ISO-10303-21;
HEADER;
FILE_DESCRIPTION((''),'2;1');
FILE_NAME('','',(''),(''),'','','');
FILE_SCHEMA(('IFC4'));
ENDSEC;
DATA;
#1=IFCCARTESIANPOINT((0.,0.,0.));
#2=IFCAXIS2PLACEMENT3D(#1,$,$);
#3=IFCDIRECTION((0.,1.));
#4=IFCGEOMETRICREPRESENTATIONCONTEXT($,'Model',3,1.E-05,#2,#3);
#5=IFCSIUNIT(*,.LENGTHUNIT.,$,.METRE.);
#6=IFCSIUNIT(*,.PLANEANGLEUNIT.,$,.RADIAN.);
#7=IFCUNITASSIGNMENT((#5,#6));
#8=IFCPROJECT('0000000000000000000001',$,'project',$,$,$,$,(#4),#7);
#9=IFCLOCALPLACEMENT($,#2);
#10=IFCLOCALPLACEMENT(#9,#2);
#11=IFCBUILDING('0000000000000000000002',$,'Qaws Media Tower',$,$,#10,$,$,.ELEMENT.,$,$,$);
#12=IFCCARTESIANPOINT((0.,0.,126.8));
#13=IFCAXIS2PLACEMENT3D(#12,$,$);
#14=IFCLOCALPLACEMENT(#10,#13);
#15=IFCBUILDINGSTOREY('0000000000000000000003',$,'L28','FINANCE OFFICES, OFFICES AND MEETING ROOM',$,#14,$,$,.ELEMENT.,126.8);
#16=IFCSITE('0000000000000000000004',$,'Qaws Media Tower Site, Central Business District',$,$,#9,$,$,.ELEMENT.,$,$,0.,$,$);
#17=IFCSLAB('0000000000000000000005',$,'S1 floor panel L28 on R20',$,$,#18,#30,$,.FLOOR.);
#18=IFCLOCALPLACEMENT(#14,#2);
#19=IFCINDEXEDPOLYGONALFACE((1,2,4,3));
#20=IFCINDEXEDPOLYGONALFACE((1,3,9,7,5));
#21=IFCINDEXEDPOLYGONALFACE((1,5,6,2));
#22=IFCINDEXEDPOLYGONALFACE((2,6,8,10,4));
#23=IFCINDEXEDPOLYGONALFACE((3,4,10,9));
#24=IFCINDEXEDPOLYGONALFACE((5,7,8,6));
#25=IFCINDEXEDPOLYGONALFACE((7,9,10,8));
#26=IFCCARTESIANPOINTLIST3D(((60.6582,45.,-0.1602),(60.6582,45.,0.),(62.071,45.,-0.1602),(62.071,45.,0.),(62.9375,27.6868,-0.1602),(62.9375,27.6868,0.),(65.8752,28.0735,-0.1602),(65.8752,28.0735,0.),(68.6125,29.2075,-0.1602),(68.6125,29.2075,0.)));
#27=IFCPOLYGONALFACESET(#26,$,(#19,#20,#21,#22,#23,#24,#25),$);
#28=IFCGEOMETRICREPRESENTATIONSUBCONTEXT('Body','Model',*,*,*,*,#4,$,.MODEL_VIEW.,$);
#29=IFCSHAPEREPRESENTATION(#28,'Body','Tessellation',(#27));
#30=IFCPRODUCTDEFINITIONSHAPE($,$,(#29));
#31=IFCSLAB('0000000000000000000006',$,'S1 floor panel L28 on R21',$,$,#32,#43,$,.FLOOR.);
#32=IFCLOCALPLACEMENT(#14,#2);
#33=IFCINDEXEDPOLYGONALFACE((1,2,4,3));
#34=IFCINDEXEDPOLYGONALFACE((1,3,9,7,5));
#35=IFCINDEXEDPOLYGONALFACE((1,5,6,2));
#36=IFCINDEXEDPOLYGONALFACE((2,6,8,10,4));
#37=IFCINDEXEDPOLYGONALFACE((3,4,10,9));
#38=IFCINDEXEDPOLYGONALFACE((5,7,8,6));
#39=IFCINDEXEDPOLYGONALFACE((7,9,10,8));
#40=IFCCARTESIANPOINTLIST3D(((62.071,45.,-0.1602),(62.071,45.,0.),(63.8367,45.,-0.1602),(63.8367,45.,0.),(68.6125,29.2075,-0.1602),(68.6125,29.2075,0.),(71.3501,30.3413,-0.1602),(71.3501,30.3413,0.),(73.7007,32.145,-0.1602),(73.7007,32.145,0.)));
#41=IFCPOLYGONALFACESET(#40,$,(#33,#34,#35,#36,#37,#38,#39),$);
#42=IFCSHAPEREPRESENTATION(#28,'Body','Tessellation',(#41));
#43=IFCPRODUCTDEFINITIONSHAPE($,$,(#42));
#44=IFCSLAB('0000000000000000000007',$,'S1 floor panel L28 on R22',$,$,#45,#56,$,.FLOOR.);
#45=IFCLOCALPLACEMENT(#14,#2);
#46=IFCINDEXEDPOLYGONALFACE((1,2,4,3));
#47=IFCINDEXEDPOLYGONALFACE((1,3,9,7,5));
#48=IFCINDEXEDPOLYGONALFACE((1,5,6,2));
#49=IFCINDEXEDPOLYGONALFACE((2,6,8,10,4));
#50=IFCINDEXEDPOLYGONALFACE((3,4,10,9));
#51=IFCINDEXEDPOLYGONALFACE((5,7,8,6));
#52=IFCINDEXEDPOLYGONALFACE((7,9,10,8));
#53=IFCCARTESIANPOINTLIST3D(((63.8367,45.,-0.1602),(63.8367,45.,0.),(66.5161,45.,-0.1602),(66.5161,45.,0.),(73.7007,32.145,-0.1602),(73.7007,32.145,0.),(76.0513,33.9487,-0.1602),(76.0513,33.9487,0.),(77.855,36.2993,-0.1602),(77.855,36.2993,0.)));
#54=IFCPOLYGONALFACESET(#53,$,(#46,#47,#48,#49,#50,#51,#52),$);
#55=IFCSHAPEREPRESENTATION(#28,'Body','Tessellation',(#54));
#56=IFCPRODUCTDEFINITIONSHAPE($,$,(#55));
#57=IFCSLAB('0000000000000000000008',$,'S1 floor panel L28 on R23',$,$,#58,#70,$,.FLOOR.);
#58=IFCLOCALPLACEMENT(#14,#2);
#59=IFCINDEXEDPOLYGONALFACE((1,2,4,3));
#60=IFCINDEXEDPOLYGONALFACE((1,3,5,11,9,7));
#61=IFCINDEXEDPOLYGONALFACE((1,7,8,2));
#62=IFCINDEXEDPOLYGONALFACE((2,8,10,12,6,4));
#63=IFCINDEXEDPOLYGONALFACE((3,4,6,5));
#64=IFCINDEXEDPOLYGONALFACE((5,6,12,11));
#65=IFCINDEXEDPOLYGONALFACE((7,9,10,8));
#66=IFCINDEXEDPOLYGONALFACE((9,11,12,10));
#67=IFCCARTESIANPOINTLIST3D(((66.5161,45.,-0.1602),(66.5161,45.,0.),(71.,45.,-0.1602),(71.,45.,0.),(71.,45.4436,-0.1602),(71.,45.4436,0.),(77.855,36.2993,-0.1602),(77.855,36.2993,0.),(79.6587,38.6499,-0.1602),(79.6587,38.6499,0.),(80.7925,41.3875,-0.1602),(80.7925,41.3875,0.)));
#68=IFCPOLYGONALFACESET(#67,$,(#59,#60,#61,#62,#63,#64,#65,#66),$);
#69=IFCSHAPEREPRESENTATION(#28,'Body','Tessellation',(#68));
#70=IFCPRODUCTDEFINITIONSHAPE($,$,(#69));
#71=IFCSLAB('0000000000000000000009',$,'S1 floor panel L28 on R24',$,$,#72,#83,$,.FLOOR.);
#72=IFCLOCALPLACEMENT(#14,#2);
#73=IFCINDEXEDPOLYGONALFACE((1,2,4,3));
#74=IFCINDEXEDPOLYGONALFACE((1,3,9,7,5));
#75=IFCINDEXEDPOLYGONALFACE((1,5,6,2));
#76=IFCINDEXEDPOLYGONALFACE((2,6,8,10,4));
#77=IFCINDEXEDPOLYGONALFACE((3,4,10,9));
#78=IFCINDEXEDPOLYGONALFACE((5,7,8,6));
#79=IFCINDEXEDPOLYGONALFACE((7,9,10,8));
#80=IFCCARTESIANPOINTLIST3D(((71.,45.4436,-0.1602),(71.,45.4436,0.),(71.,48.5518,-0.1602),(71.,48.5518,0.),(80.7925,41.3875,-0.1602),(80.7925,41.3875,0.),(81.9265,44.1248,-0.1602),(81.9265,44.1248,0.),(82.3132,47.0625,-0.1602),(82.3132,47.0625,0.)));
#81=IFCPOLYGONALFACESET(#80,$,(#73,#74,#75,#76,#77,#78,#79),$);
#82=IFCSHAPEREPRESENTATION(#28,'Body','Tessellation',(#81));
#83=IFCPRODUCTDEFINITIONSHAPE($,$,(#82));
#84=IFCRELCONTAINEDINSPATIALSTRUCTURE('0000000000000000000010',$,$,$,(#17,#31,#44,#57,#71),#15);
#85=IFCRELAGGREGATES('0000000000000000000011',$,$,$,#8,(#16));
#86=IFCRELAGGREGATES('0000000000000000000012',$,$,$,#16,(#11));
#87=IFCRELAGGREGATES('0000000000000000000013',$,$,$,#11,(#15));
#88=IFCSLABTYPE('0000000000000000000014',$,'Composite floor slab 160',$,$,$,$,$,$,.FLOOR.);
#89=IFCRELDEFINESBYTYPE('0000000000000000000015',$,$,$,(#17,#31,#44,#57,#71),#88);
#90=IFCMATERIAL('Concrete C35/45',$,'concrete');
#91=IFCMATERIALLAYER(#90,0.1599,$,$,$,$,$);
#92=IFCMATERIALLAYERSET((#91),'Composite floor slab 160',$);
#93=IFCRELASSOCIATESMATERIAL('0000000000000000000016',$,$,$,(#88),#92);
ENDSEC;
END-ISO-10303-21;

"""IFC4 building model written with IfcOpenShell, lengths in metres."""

from ifc_helpers import new_model, si_unit, direction, frame, origin, place, context, subcontext, project, spatial, polyline, outline, extrude, material, layer, layer_set, type_object, element, save


model = new_model("IFC4")

# Units and contexts
model_context = context("Model", 3, precision=1e-05, world=origin(), true_north=direction((0.0, 1.0)))
body_context = subcontext(model_context, "Body", "Model", "MODEL_VIEW")
ifc_project = project(units=[si_unit("LENGTHUNIT", "METRE"), si_unit("PLANEANGLEUNIT", "RADIAN")], contexts=[model_context])

# Site, building, storey
site_placement = place(None, origin())
site = spatial("IfcSite", under=ifc_project, at=site_placement, Name="Qaws Media Tower Site, Central Business District", CompositionType="ELEMENT", RefElevation=0.0)
building_placement = place(site_placement, origin())
building = spatial("IfcBuilding", under=site, at=building_placement, Name="Qaws Media Tower", CompositionType="ELEMENT")
storey_placement = place(building_placement, frame((0.0, 0.0, 126.8)))
storey = spatial("IfcBuildingStorey", under=building, at=storey_placement, Name="L28", Description="FINANCE OFFICES, OFFICES AND MEETING ROOM", CompositionType="ELEMENT", Elevation=126.8)

# Slabs
ifc_material_1 = material(Name="Concrete C35/45", Category="concrete")
ifc_layer_1 = layer(ifc_material_1, 0.1599)
ifc_layer_set_1 = layer_set([ifc_layer_1], Name="Composite floor slab 160")
slab_type_1 = type_object("IfcSlabType", Name="Composite floor slab 160", PredefinedType="FLOOR", material=ifc_layer_set_1)
slab_1_placement = place(storey_placement, frame((0.0, 0.0, -0.1602)))
element("IfcSlab", 1, at=slab_1_placement, inside=storey, type_object=slab_type_1, Name="S1 floor panel L28 on R20", PredefinedType="FLOOR", context=body_context, shape_type="SweptSolid", body=[
    extrude(outline(polyline([(65.8752, 28.0735), (62.9375, 27.6868), (60.6582, 45.0), (62.071, 45.0), (68.6125, 29.2075), (65.8752, 28.0735)])), origin(), (0.0, 0.0, 1.0), 0.1602),
])
slab_2_placement = place(storey_placement, frame((0.0, 0.0, -0.1602)))
element("IfcSlab", 2, at=slab_2_placement, inside=storey, type_object=slab_type_1, Name="S1 floor panel L28 on R21", PredefinedType="FLOOR", context=body_context, shape_type="SweptSolid", body=[
    extrude(outline(polyline([(71.3501, 30.3413), (68.6125, 29.2075), (62.071, 45.0), (63.8367, 45.0), (73.7007, 32.145), (71.3501, 30.3413)])), origin(), (0.0, 0.0, 1.0), 0.1602),
])
slab_3_placement = place(storey_placement, frame((0.0, 0.0, -0.1602)))
element("IfcSlab", 3, at=slab_3_placement, inside=storey, type_object=slab_type_1, Name="S1 floor panel L28 on R22", PredefinedType="FLOOR", context=body_context, shape_type="SweptSolid", body=[
    extrude(outline(polyline([(76.0513, 33.9487), (73.7007, 32.145), (63.8367, 45.0), (66.5161, 45.0), (77.855, 36.2993), (76.0513, 33.9487)])), origin(), (0.0, 0.0, 1.0), 0.1602),
])
slab_4_placement = place(storey_placement, frame((0.0, 0.0, -0.1602)))
element("IfcSlab", 4, at=slab_4_placement, inside=storey, type_object=slab_type_1, Name="S1 floor panel L28 on R23", PredefinedType="FLOOR", context=body_context, shape_type="SweptSolid", body=[
    extrude(outline(polyline([(79.6587, 38.6499), (77.855, 36.2993), (66.5161, 45.0), (71.0, 45.0), (71.0, 45.4436), (80.7925, 41.3875), (79.6587, 38.6499)])), origin(), (0.0, 0.0, 1.0), 0.1602),
])
slab_5_placement = place(storey_placement, frame((0.0, 0.0, -0.1602)))
element("IfcSlab", 5, at=slab_5_placement, inside=storey, type_object=slab_type_1, Name="S1 floor panel L28 on R24", PredefinedType="FLOOR", context=body_context, shape_type="SweptSolid", body=[
    extrude(outline(polyline([(80.7925, 41.3875), (71.0, 45.4436), (71.0, 48.5518), (82.3132, 47.0625), (81.9265, 44.1248), (80.7925, 41.3875)])), origin(), (0.0, 0.0, 1.0), 0.1602),
])

save(model, "model.ifc")
